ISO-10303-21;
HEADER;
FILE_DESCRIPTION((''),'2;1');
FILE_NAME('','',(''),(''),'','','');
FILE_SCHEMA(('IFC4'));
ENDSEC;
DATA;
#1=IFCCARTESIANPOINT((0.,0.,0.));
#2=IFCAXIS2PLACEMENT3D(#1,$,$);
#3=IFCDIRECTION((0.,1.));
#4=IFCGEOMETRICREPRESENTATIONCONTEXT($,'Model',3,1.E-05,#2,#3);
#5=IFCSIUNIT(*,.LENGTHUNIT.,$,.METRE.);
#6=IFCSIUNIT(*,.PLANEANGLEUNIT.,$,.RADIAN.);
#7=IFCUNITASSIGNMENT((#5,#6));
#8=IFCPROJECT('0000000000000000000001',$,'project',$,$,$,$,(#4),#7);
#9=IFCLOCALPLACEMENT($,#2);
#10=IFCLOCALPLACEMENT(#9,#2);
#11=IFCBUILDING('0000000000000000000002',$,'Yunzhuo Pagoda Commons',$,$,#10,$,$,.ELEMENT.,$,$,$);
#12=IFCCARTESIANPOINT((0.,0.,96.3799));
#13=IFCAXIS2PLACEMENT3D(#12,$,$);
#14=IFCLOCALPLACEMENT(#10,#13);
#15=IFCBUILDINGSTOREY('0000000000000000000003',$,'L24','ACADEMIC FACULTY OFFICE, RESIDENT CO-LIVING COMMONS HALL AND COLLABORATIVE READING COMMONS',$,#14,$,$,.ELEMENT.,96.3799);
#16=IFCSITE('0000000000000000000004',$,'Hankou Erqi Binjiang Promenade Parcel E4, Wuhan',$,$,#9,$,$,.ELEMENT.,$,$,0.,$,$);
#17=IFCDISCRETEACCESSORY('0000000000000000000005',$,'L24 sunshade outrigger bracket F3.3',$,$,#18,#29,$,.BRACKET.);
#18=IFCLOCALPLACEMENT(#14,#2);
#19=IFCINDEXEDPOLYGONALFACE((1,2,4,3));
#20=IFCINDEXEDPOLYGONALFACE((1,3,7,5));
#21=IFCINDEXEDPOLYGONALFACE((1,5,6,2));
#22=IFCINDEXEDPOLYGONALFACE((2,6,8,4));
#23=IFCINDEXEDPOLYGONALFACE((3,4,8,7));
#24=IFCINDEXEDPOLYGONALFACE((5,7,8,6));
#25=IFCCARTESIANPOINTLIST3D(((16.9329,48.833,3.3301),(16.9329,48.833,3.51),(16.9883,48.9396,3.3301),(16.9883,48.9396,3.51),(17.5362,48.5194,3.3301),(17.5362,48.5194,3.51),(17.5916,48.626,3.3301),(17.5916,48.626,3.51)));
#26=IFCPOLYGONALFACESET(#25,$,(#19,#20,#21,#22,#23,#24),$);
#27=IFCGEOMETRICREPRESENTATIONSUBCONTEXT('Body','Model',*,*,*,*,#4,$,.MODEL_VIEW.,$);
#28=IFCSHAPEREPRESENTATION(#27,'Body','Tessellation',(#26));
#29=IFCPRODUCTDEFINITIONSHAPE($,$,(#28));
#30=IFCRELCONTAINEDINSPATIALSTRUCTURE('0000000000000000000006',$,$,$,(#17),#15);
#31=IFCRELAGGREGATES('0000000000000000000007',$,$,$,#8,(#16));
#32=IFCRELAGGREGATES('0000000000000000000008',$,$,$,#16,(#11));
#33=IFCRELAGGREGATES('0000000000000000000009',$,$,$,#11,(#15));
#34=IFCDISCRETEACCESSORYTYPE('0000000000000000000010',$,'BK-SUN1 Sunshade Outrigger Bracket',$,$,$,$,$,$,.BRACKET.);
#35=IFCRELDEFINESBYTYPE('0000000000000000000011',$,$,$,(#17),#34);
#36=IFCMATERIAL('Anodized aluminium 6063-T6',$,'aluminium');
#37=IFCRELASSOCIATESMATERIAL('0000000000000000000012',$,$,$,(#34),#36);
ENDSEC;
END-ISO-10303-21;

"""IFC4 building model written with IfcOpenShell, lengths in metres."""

from ifc_helpers import new_model, si_unit, direction, frame, origin, origin_2d, place, context, subcontext, project, spatial, rectangle, extrude, source, transform, mapped, material, type_object, element, save


model = new_model("IFC4")

# Units and contexts
model_context = context("Model", 3, precision=1e-05, world=origin(), true_north=direction((0.0, 1.0)))
body_context = subcontext(model_context, "Body", "Model", "MODEL_VIEW")
ifc_project = project(units=[si_unit("LENGTHUNIT", "METRE"), si_unit("PLANEANGLEUNIT", "RADIAN")], contexts=[model_context])

# Site, building, storey
site_placement = place(None, origin())
site = spatial("IfcSite", under=ifc_project, at=site_placement, Name="Hankou Erqi Binjiang Promenade Parcel E4, Wuhan", CompositionType="ELEMENT", RefElevation=0.0)
building_placement = place(site_placement, origin())
building = spatial("IfcBuilding", under=site, at=building_placement, Name="Yunzhuo Pagoda Commons", CompositionType="ELEMENT")
storey_placement = place(building_placement, frame((0.0, 0.0, 96.3799)))
storey = spatial("IfcBuildingStorey", under=building, at=storey_placement, Name="L24", Description="ACADEMIC FACULTY OFFICE, RESIDENT CO-LIVING COMMONS HALL AND COLLABORATIVE READING COMMONS", CompositionType="ELEMENT", Elevation=96.3799)

# Shared definitions
ifc_material_1 = material(Name="Anodized aluminium 6063-T6", Category="aluminium")

# Discrete accessory
discrete_accessory_type = type_object("IfcDiscreteAccessoryType", Name="BK-SUN1 Sunshade Outrigger Bracket", PredefinedType="BRACKET", material=ifc_material_1)
shared_shape_1 = source(origin(), body_context, "Body", "SweptSolid", [
    extrude(rectangle(XDim=0.1201, YDim=0.6799, at=origin_2d()), origin(), (0.0, 0.0, 1.0), 0.1799),
])
discrete_accessory_placement = place(storey_placement, frame((17.2622, 48.7295, 3.3301), z_axis=(0.0, 0.0, 1.0), x_axis=(-0.461207, -0.887293, 0.0)))
element("IfcDiscreteAccessory", 1, at=discrete_accessory_placement, inside=storey, type_object=discrete_accessory_type, Name="L24 sunshade outrigger bracket F3.3", PredefinedType="BRACKET", context=body_context, shape_type="MappedRepresentation", body=[
    mapped(shared_shape_1, transform((0.0, 0.0, 0.0), scale=1.0)),
])

save(model, "model.ifc")
